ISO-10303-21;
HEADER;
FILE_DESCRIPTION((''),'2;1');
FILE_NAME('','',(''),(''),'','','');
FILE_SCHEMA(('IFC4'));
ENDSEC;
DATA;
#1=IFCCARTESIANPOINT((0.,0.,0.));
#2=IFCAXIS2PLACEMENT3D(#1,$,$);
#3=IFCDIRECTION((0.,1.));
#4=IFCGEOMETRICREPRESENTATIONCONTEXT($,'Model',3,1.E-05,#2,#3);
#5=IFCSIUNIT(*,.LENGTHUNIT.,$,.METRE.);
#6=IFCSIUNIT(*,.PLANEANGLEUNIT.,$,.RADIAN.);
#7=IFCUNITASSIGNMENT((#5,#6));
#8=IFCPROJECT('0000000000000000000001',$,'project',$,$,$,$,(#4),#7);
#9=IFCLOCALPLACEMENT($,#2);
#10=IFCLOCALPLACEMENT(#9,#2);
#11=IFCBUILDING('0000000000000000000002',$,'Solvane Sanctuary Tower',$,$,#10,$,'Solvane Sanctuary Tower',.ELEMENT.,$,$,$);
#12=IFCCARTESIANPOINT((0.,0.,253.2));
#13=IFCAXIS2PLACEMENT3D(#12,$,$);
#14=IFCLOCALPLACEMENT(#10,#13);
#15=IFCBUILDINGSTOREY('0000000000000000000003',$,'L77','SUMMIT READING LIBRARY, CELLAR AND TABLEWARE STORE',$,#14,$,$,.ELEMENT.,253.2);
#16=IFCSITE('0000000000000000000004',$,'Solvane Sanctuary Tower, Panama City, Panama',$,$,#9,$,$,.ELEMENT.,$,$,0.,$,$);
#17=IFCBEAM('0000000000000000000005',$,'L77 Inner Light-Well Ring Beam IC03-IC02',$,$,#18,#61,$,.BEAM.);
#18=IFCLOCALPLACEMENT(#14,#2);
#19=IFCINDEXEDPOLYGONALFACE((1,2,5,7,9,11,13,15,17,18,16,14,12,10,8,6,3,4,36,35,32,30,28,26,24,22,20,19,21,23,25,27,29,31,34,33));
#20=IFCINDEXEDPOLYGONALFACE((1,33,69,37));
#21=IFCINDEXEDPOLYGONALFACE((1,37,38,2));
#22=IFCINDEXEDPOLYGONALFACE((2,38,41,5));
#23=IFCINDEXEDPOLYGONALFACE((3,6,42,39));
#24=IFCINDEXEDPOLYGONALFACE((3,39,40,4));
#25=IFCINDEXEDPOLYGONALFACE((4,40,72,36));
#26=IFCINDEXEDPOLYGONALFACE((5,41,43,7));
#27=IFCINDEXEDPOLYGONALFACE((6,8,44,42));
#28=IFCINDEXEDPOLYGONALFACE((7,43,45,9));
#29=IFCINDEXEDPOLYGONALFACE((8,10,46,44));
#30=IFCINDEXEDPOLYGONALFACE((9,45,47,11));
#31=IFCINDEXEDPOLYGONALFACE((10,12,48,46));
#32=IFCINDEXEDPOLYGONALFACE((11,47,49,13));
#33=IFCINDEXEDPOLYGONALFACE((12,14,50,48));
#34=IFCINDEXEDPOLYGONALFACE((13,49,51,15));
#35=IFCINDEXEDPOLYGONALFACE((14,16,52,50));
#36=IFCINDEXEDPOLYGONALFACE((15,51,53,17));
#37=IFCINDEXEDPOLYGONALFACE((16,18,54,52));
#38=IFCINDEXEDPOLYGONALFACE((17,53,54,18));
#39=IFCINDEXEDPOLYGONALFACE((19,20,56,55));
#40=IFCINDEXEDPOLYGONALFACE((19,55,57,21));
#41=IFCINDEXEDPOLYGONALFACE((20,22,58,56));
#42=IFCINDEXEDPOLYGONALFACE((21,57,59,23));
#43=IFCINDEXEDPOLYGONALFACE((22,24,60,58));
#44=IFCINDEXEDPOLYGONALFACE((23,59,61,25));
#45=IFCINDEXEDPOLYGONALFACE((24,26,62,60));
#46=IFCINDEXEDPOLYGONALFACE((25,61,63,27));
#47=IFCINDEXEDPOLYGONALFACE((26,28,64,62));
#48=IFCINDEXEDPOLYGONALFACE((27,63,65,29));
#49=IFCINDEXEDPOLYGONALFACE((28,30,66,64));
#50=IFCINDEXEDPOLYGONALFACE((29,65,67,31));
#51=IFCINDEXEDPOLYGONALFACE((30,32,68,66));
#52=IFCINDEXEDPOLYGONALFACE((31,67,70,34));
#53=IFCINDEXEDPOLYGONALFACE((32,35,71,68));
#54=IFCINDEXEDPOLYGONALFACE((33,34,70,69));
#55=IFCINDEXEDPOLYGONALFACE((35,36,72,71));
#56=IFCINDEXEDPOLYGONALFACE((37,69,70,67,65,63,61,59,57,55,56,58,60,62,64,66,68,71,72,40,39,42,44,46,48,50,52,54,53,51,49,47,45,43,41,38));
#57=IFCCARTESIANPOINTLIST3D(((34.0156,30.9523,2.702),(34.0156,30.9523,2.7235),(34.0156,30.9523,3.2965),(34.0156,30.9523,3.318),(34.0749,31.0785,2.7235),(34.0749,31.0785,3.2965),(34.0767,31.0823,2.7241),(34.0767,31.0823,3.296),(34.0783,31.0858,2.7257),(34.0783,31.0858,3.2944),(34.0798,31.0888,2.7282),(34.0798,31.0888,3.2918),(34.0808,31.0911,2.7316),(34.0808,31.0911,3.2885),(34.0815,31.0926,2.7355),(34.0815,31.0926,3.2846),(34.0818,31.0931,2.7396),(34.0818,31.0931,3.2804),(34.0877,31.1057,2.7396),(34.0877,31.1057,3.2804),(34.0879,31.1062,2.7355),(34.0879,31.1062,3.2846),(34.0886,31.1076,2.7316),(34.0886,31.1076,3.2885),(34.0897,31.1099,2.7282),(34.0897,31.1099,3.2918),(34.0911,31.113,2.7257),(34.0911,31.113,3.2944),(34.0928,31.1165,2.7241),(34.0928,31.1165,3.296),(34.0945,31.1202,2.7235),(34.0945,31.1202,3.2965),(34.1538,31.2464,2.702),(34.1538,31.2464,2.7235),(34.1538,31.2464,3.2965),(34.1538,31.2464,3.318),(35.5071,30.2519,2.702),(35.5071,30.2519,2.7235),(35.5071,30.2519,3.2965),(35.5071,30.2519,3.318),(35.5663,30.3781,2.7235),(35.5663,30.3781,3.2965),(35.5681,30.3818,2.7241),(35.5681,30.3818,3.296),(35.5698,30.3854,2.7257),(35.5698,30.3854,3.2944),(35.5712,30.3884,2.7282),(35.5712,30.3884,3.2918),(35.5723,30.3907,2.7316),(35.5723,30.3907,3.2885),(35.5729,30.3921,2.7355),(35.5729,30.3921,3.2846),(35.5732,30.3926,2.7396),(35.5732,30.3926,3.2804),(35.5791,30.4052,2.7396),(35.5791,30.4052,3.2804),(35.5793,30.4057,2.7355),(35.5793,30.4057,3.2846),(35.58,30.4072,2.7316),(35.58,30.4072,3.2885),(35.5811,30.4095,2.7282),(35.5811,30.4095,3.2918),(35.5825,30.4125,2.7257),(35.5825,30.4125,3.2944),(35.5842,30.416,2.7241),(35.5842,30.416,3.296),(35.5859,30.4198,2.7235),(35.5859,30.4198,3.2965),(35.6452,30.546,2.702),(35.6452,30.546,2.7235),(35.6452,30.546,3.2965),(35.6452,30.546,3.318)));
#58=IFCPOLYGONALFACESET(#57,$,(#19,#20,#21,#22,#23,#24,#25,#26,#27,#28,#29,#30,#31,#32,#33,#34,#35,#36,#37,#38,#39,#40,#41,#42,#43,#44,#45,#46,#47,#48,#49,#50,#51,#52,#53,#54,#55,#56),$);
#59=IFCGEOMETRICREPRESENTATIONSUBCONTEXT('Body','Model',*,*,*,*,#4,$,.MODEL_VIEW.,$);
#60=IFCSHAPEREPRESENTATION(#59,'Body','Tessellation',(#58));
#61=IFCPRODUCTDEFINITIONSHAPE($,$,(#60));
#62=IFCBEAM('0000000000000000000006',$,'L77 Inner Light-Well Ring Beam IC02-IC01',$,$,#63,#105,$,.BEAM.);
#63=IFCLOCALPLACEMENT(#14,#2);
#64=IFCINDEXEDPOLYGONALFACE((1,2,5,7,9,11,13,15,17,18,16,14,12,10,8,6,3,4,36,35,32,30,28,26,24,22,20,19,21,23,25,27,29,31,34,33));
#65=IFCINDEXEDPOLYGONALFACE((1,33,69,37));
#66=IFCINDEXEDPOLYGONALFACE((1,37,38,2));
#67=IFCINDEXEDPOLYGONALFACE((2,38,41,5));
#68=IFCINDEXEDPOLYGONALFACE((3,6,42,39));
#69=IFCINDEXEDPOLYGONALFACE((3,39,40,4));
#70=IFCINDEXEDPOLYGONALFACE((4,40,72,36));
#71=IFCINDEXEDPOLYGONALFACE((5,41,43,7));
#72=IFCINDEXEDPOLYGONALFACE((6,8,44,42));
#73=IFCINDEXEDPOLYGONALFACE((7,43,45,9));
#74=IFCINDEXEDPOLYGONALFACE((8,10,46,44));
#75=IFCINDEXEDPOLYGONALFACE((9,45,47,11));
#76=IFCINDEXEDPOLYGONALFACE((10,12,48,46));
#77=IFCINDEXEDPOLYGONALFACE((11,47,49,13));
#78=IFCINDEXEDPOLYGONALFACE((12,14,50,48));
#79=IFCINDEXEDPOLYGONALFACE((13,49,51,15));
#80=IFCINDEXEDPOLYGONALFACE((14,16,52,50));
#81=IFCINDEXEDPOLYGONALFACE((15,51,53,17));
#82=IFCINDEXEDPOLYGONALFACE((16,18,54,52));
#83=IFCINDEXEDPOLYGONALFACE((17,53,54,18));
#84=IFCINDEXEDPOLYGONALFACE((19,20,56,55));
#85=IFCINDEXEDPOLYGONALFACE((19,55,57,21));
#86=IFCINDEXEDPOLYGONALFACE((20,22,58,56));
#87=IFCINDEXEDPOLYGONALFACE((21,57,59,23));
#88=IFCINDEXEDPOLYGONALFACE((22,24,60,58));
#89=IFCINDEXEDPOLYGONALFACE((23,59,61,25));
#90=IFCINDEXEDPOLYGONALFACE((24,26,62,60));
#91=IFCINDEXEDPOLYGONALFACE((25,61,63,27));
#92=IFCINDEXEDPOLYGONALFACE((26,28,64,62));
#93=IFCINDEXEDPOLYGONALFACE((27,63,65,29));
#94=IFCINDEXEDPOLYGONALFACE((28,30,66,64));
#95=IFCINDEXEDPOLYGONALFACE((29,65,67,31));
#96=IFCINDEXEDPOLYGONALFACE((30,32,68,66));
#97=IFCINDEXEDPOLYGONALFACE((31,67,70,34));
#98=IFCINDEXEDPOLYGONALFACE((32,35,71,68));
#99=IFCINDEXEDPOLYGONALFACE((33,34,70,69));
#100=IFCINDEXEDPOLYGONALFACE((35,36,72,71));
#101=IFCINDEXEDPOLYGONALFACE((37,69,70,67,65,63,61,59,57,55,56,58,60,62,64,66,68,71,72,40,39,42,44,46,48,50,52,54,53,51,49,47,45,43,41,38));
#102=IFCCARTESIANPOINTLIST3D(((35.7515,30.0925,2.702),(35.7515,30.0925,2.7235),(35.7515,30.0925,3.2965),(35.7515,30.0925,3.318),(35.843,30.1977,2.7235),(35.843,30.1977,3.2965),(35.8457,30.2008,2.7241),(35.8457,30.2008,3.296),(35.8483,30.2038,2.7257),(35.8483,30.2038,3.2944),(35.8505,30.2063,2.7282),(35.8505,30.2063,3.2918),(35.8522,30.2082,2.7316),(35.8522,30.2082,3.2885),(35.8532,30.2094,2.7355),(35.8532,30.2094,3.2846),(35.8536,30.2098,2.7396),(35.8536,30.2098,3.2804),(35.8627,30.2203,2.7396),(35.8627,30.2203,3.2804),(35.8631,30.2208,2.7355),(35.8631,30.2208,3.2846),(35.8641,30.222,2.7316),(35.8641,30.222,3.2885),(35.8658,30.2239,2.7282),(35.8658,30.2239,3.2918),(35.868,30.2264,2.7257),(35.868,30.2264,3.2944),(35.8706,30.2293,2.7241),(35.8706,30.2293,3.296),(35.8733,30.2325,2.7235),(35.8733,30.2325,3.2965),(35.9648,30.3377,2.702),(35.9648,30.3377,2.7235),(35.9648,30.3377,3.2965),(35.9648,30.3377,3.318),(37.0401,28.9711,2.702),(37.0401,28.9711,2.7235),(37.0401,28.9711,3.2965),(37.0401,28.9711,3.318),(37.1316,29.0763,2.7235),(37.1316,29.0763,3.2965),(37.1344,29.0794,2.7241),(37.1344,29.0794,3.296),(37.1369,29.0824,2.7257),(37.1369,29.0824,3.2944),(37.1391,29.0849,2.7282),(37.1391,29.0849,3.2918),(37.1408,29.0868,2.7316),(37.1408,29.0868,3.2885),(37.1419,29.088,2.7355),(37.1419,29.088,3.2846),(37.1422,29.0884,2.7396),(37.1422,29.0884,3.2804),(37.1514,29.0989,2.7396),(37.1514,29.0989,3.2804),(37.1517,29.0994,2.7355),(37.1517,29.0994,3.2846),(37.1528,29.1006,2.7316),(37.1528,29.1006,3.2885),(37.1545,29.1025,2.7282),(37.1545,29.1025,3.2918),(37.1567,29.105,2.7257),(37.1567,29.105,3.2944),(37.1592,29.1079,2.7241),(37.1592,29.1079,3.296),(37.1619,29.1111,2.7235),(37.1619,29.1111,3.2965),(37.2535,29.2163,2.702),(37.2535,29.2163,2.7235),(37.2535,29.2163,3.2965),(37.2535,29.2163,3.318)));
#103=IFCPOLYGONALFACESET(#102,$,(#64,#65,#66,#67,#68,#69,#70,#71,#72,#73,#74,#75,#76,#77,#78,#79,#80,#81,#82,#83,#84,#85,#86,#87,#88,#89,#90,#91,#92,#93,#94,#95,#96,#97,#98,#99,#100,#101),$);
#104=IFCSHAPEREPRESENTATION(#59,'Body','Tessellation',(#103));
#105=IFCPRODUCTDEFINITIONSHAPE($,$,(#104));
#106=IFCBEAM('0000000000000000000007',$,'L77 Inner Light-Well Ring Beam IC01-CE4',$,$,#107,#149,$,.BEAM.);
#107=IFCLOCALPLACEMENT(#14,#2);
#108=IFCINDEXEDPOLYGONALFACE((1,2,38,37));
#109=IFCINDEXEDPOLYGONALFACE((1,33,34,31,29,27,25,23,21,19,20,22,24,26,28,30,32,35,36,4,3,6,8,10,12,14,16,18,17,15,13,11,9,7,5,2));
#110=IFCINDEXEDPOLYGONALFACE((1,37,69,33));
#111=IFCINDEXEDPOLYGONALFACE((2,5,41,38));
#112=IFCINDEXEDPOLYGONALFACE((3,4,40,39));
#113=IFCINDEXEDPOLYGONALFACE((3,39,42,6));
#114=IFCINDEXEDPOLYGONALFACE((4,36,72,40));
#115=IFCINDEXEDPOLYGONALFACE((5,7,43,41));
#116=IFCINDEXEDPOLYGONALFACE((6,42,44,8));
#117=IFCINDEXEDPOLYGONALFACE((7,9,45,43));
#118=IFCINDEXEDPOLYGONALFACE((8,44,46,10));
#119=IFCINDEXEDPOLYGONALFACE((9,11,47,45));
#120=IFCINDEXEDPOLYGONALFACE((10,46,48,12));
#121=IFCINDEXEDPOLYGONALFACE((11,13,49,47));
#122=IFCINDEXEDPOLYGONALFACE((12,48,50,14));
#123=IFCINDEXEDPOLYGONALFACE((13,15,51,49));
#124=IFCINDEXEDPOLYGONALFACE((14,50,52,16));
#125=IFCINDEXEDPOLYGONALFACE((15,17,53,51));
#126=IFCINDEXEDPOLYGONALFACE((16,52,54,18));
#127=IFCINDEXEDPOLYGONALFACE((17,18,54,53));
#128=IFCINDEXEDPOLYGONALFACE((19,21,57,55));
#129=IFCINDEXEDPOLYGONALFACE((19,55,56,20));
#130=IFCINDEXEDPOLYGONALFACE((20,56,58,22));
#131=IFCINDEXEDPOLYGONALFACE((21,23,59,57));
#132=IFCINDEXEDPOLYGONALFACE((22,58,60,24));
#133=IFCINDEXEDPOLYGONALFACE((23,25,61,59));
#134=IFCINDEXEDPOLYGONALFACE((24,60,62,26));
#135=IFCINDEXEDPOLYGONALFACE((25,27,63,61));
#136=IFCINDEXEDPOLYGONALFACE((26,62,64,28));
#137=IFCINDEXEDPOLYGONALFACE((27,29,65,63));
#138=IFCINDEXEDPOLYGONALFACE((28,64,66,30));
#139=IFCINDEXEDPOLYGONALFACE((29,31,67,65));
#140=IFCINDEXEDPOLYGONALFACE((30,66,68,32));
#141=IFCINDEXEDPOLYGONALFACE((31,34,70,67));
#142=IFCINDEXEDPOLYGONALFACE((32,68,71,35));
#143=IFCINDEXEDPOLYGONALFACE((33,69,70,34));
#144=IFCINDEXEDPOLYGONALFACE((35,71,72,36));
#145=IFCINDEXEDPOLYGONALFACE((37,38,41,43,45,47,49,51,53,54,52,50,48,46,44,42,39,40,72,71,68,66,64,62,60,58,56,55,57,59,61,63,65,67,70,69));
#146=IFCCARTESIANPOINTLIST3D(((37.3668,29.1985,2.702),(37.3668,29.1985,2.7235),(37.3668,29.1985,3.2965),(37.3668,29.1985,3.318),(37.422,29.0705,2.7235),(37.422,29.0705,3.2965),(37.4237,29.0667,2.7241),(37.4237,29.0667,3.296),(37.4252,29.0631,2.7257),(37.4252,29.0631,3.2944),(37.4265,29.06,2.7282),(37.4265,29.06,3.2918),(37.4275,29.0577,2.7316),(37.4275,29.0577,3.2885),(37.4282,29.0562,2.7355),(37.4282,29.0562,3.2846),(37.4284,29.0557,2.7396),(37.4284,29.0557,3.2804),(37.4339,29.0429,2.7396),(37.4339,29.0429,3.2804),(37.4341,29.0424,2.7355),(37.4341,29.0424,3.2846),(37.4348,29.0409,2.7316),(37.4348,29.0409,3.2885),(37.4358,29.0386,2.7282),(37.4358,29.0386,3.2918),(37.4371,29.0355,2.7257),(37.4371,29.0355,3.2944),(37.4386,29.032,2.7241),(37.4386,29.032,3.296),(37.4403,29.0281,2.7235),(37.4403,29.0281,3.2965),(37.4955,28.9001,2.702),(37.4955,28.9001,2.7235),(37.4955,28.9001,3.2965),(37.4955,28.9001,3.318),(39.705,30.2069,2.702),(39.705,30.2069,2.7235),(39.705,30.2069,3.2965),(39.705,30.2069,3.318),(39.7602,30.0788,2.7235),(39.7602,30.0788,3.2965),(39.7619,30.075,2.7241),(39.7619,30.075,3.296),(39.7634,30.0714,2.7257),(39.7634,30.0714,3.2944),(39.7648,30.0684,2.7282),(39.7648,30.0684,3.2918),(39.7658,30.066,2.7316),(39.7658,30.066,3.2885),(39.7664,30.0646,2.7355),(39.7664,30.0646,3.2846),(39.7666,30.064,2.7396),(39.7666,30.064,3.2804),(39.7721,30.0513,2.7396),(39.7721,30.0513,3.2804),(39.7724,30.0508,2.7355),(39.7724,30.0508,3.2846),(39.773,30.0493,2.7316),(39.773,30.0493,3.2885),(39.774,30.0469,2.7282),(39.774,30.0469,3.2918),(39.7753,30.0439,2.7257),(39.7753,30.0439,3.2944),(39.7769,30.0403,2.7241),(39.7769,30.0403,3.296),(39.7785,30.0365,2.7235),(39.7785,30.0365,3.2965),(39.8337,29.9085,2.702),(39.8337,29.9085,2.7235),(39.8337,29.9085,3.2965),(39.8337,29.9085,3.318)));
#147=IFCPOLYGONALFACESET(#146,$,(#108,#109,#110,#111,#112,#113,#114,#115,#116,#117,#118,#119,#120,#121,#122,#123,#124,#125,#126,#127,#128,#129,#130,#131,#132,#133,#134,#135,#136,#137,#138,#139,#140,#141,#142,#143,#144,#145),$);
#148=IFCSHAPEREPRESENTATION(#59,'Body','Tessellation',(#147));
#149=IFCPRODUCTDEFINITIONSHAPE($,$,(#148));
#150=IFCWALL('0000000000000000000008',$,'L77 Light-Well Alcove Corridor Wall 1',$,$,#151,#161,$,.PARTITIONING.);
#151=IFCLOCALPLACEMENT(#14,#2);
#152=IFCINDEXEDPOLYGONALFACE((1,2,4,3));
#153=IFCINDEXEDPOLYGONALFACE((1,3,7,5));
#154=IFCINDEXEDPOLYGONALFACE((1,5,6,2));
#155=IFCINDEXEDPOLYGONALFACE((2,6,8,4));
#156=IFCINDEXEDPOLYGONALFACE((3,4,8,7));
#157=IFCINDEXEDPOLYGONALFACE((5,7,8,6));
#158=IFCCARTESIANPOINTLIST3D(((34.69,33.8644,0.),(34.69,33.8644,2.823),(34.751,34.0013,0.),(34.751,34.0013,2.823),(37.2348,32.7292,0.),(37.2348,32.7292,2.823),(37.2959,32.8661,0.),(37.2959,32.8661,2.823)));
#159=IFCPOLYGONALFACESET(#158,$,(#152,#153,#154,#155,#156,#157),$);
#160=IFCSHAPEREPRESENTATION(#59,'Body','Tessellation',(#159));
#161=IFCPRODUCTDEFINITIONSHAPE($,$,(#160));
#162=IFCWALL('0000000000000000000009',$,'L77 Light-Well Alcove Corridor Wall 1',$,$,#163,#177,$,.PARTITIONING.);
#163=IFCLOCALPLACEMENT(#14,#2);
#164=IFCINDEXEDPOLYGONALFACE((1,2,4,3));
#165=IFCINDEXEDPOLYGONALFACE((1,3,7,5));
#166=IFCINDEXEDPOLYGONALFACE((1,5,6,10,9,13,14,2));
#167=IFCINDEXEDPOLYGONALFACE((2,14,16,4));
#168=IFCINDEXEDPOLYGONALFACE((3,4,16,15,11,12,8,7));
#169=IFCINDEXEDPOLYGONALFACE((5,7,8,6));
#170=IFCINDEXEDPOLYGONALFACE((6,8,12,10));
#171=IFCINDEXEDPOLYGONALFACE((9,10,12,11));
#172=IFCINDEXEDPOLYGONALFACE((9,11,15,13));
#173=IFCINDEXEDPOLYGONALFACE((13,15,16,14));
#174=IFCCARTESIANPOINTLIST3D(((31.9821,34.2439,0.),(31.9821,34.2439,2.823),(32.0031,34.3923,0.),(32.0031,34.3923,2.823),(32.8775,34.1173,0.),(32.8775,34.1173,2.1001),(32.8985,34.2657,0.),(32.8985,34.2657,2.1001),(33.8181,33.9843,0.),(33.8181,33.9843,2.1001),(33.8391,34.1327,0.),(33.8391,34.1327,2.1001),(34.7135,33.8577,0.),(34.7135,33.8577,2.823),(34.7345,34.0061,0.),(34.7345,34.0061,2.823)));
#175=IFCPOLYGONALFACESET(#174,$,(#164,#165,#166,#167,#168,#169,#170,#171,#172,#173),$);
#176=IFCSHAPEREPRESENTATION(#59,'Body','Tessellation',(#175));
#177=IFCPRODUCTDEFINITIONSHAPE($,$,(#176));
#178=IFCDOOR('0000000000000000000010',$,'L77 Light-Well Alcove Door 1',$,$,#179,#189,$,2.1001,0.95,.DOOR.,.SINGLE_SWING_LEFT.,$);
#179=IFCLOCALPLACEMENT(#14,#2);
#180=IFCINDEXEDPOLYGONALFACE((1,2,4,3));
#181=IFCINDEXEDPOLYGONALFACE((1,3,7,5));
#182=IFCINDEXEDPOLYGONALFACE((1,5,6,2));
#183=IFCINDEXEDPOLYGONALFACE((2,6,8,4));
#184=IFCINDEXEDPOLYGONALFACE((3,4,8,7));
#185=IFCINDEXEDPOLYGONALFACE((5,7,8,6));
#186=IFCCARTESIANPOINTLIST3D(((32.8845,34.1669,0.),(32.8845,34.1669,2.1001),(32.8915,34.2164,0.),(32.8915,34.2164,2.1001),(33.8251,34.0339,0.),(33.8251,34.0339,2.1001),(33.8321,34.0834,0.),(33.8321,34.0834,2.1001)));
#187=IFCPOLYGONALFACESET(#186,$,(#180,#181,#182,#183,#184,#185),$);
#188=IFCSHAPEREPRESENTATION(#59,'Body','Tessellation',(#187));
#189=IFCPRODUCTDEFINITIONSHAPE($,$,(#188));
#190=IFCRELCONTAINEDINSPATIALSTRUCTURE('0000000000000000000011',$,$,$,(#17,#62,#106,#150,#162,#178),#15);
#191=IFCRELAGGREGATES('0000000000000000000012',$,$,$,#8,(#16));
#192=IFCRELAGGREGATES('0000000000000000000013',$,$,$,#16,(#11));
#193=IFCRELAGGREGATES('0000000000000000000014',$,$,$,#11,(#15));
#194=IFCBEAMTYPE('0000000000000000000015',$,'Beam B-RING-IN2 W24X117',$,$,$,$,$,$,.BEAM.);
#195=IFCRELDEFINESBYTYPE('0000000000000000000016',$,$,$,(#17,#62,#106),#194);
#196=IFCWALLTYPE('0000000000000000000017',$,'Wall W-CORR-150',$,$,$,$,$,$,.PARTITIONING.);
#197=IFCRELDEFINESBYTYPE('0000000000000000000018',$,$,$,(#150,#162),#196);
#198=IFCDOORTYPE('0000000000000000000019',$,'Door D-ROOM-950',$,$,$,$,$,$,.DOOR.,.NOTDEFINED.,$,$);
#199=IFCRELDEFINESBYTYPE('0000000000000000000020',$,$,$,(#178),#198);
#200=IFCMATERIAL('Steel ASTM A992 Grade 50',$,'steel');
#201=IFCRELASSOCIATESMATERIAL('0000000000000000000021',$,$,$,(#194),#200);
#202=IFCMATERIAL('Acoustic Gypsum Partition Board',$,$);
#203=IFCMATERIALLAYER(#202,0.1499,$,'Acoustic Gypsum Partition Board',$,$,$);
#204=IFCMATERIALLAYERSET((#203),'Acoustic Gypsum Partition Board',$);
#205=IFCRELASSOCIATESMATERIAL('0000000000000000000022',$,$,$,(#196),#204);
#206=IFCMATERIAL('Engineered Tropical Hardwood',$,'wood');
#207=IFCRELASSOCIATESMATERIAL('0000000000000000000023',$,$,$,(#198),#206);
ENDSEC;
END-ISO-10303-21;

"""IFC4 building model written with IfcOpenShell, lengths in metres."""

from ifc_helpers import new_model, si_unit, direction, frame, frame_2d, origin, origin_2d, place, context, subcontext, project, spatial, rectangle, i_section, extrude, material, layer, layer_set, material_profile, profile_set, type_object, element, fill, save


model = new_model("IFC4")

# Units and contexts
model_context = context("Model", 3, precision=1e-05, world=origin(), true_north=direction((0.0, 1.0)))
body_context = subcontext(model_context, "Body", "Model", "MODEL_VIEW")
ifc_project = project(units=[si_unit("LENGTHUNIT", "METRE"), si_unit("PLANEANGLEUNIT", "RADIAN")], contexts=[model_context])

# Site, building, storey
site_placement = place(None, origin())
site = spatial("IfcSite", under=ifc_project, at=site_placement, Name="Solvane Sanctuary Tower, Panama City, Panama", CompositionType="ELEMENT", RefElevation=0.0)
building_placement = place(site_placement, origin())
building = spatial("IfcBuilding", under=site, at=building_placement, Name="Solvane Sanctuary Tower", LongName="Solvane Sanctuary Tower", CompositionType="ELEMENT")
storey_placement = place(building_placement, frame((0.0, 0.0, 253.2)))
storey = spatial("IfcBuildingStorey", under=building, at=storey_placement, Name="L77", Description="SUMMIT READING LIBRARY, CELLAR AND TABLEWARE STORE", CompositionType="ELEMENT", Elevation=253.2)

# Beams
ifc_material_1 = material(Name="Steel ASTM A992 Grade 50", Category="steel")
ifc_material_profile_1 = material_profile(ifc_material_1, i_section(OverallWidth=0.325, OverallDepth=0.616, WebThickness=0.0139, FlangeThickness=0.0215, FilletRadius=0.0161, at=origin_2d()), Name="W24X117")
ifc_profile_set_1 = profile_set([ifc_material_profile_1], Name="Steel ASTM A992 Grade 50")
beam_type_1 = type_object("IfcBeamType", Name="Beam B-RING-IN2 W24X117", PredefinedType="BEAM", material=ifc_profile_set_1)
beam_1_placement = place(storey_placement, frame((34.0847, 31.0994, 3.01), z_axis=(0.905151, -0.42509, 0.0), x_axis=(0.42509, 0.905151, 0.0)))
element("IfcBeam", 1, at=beam_1_placement, inside=storey, type_object=beam_type_1, Name="L77 Inner Light-Well Ring Beam IC03-IC02", PredefinedType="BEAM", context=body_context, shape_type="SweptSolid", body=[
    extrude(i_section(OverallWidth=0.325, OverallDepth=0.616, WebThickness=0.0139, FlangeThickness=0.0215, FilletRadius=0.0161, at=origin_2d()), origin(), (0.0, 0.0, 1.0), 1.6477),
])
beam_2_placement = place(storey_placement, frame((35.8582, 30.2151, 3.01), z_axis=(0.754362, -0.656458, 0.0), x_axis=(0.656458, 0.754362, 0.0)))
element("IfcBeam", 2, at=beam_2_placement, inside=storey, type_object=beam_type_1, Name="L77 Inner Light-Well Ring Beam IC02-IC01", PredefinedType="BEAM", context=body_context, shape_type="SweptSolid", body=[
    extrude(i_section(OverallWidth=0.325, OverallDepth=0.616, WebThickness=0.0139, FlangeThickness=0.0215, FilletRadius=0.0161, at=origin_2d()), origin(), (0.0, 0.0, 1.0), 1.7083),
])
beam_3_placement = place(storey_placement, frame((37.4312, 29.0493, 3.01), z_axis=(0.918255, 0.39599, 0.0), x_axis=(-0.39599, 0.918255, 0.0)))
element("IfcBeam", 3, at=beam_3_placement, inside=storey, type_object=beam_type_1, Name="L77 Inner Light-Well Ring Beam IC01-CE4", PredefinedType="BEAM", context=body_context, shape_type="SweptSolid", body=[
    extrude(i_section(OverallWidth=0.325, OverallDepth=0.616, WebThickness=0.0139, FlangeThickness=0.0215, FilletRadius=0.0161, at=origin_2d()), origin(), (0.0, 0.0, 1.0), 2.5464),
])

# Wall
ifc_material_2 = material(Name="Acoustic Gypsum Partition Board")
ifc_layer_1 = layer(ifc_material_2, 0.1499, Name="Acoustic Gypsum Partition Board")
ifc_layer_set_1 = layer_set([ifc_layer_1], Name="Acoustic Gypsum Partition Board")
wall_type_1 = type_object("IfcWallType", Name="Wall W-CORR-150", PredefinedType="PARTITIONING", material=ifc_layer_set_1)
wall_1_placement = place(storey_placement, frame((37.2654, 32.7976, 0.0), z_axis=(0.0, 0.0, 1.0), x_axis=(-0.913254, 0.40739, 0.0)))
element("IfcWall", 4, at=wall_1_placement, inside=storey, type_object=wall_type_1, Name="L77 Light-Well Alcove Corridor Wall 1", PredefinedType="PARTITIONING", context=body_context, shape_type="SweptSolid", body=[
    extrude(rectangle(XDim=2.7866, YDim=0.1499, at=frame_2d((1.3933, 0.0))), origin(), (0.0, 0.0, 1.0), 2.823),
])

# Wall, opening, door
wall_2_placement = place(storey_placement, frame((34.7241, 33.9319, 0.0), z_axis=(0.0, 0.0, 1.0), x_axis=(-0.99015, 0.140009, 0.0)))
wall_2 = element("IfcWall", 5, at=wall_2_placement, inside=storey, type_object=wall_type_1, Name="L77 Light-Well Alcove Corridor Wall 1", PredefinedType="PARTITIONING", context=body_context, shape_type="SweptSolid", body=[
    extrude(rectangle(XDim=2.7585, YDim=0.1499, at=frame_2d((1.3794, 0.0))), origin(), (0.0, 0.0, 1.0), 2.823),
])
opening_1_placement = place(wall_2_placement, frame((0.9043, 0.0, 0.0)))
opening_1 = element("IfcOpeningElement", 6, at=opening_1_placement, cuts=wall_2, PredefinedType="OPENING", context=body_context, shape_type="SweptSolid", body=[
    extrude(rectangle(XDim=0.95, YDim=2.1001, at=frame_2d((0.4751, 1.05))), frame((0.0, 0.085, 0.0), z_axis=(0.0, -1.0, 0.0), x_axis=(1.0, 0.0, 0.0)), (0.0, 0.0, 1.0), 0.1699),
])
ifc_material_3 = material(Name="Engineered Tropical Hardwood", Category="wood")
door_type = type_object("IfcDoorType", Name="Door D-ROOM-950", OperationType="NOTDEFINED", PredefinedType="DOOR", material=ifc_material_3)
door_1_placement = place(opening_1_placement, origin())
door_1 = element("IfcDoor", 7, at=door_1_placement, inside=storey, type_object=door_type, Name="L77 Light-Well Alcove Door 1", OperationType="SINGLE_SWING_LEFT", OverallHeight=2.1001, OverallWidth=0.95, PredefinedType="DOOR", context=body_context, shape_type="SweptSolid", body=[
    extrude(rectangle(XDim=0.95, YDim=2.1001, at=frame_2d((0.4751, 1.05))), frame((0.0, 0.0249, 0.0), z_axis=(0.0, -1.0, 0.0), x_axis=(1.0, 0.0, 0.0)), (0.0, 0.0, 1.0), 0.05),
])
fill(opening_1, door_1)

save(model, "model.ifc")
